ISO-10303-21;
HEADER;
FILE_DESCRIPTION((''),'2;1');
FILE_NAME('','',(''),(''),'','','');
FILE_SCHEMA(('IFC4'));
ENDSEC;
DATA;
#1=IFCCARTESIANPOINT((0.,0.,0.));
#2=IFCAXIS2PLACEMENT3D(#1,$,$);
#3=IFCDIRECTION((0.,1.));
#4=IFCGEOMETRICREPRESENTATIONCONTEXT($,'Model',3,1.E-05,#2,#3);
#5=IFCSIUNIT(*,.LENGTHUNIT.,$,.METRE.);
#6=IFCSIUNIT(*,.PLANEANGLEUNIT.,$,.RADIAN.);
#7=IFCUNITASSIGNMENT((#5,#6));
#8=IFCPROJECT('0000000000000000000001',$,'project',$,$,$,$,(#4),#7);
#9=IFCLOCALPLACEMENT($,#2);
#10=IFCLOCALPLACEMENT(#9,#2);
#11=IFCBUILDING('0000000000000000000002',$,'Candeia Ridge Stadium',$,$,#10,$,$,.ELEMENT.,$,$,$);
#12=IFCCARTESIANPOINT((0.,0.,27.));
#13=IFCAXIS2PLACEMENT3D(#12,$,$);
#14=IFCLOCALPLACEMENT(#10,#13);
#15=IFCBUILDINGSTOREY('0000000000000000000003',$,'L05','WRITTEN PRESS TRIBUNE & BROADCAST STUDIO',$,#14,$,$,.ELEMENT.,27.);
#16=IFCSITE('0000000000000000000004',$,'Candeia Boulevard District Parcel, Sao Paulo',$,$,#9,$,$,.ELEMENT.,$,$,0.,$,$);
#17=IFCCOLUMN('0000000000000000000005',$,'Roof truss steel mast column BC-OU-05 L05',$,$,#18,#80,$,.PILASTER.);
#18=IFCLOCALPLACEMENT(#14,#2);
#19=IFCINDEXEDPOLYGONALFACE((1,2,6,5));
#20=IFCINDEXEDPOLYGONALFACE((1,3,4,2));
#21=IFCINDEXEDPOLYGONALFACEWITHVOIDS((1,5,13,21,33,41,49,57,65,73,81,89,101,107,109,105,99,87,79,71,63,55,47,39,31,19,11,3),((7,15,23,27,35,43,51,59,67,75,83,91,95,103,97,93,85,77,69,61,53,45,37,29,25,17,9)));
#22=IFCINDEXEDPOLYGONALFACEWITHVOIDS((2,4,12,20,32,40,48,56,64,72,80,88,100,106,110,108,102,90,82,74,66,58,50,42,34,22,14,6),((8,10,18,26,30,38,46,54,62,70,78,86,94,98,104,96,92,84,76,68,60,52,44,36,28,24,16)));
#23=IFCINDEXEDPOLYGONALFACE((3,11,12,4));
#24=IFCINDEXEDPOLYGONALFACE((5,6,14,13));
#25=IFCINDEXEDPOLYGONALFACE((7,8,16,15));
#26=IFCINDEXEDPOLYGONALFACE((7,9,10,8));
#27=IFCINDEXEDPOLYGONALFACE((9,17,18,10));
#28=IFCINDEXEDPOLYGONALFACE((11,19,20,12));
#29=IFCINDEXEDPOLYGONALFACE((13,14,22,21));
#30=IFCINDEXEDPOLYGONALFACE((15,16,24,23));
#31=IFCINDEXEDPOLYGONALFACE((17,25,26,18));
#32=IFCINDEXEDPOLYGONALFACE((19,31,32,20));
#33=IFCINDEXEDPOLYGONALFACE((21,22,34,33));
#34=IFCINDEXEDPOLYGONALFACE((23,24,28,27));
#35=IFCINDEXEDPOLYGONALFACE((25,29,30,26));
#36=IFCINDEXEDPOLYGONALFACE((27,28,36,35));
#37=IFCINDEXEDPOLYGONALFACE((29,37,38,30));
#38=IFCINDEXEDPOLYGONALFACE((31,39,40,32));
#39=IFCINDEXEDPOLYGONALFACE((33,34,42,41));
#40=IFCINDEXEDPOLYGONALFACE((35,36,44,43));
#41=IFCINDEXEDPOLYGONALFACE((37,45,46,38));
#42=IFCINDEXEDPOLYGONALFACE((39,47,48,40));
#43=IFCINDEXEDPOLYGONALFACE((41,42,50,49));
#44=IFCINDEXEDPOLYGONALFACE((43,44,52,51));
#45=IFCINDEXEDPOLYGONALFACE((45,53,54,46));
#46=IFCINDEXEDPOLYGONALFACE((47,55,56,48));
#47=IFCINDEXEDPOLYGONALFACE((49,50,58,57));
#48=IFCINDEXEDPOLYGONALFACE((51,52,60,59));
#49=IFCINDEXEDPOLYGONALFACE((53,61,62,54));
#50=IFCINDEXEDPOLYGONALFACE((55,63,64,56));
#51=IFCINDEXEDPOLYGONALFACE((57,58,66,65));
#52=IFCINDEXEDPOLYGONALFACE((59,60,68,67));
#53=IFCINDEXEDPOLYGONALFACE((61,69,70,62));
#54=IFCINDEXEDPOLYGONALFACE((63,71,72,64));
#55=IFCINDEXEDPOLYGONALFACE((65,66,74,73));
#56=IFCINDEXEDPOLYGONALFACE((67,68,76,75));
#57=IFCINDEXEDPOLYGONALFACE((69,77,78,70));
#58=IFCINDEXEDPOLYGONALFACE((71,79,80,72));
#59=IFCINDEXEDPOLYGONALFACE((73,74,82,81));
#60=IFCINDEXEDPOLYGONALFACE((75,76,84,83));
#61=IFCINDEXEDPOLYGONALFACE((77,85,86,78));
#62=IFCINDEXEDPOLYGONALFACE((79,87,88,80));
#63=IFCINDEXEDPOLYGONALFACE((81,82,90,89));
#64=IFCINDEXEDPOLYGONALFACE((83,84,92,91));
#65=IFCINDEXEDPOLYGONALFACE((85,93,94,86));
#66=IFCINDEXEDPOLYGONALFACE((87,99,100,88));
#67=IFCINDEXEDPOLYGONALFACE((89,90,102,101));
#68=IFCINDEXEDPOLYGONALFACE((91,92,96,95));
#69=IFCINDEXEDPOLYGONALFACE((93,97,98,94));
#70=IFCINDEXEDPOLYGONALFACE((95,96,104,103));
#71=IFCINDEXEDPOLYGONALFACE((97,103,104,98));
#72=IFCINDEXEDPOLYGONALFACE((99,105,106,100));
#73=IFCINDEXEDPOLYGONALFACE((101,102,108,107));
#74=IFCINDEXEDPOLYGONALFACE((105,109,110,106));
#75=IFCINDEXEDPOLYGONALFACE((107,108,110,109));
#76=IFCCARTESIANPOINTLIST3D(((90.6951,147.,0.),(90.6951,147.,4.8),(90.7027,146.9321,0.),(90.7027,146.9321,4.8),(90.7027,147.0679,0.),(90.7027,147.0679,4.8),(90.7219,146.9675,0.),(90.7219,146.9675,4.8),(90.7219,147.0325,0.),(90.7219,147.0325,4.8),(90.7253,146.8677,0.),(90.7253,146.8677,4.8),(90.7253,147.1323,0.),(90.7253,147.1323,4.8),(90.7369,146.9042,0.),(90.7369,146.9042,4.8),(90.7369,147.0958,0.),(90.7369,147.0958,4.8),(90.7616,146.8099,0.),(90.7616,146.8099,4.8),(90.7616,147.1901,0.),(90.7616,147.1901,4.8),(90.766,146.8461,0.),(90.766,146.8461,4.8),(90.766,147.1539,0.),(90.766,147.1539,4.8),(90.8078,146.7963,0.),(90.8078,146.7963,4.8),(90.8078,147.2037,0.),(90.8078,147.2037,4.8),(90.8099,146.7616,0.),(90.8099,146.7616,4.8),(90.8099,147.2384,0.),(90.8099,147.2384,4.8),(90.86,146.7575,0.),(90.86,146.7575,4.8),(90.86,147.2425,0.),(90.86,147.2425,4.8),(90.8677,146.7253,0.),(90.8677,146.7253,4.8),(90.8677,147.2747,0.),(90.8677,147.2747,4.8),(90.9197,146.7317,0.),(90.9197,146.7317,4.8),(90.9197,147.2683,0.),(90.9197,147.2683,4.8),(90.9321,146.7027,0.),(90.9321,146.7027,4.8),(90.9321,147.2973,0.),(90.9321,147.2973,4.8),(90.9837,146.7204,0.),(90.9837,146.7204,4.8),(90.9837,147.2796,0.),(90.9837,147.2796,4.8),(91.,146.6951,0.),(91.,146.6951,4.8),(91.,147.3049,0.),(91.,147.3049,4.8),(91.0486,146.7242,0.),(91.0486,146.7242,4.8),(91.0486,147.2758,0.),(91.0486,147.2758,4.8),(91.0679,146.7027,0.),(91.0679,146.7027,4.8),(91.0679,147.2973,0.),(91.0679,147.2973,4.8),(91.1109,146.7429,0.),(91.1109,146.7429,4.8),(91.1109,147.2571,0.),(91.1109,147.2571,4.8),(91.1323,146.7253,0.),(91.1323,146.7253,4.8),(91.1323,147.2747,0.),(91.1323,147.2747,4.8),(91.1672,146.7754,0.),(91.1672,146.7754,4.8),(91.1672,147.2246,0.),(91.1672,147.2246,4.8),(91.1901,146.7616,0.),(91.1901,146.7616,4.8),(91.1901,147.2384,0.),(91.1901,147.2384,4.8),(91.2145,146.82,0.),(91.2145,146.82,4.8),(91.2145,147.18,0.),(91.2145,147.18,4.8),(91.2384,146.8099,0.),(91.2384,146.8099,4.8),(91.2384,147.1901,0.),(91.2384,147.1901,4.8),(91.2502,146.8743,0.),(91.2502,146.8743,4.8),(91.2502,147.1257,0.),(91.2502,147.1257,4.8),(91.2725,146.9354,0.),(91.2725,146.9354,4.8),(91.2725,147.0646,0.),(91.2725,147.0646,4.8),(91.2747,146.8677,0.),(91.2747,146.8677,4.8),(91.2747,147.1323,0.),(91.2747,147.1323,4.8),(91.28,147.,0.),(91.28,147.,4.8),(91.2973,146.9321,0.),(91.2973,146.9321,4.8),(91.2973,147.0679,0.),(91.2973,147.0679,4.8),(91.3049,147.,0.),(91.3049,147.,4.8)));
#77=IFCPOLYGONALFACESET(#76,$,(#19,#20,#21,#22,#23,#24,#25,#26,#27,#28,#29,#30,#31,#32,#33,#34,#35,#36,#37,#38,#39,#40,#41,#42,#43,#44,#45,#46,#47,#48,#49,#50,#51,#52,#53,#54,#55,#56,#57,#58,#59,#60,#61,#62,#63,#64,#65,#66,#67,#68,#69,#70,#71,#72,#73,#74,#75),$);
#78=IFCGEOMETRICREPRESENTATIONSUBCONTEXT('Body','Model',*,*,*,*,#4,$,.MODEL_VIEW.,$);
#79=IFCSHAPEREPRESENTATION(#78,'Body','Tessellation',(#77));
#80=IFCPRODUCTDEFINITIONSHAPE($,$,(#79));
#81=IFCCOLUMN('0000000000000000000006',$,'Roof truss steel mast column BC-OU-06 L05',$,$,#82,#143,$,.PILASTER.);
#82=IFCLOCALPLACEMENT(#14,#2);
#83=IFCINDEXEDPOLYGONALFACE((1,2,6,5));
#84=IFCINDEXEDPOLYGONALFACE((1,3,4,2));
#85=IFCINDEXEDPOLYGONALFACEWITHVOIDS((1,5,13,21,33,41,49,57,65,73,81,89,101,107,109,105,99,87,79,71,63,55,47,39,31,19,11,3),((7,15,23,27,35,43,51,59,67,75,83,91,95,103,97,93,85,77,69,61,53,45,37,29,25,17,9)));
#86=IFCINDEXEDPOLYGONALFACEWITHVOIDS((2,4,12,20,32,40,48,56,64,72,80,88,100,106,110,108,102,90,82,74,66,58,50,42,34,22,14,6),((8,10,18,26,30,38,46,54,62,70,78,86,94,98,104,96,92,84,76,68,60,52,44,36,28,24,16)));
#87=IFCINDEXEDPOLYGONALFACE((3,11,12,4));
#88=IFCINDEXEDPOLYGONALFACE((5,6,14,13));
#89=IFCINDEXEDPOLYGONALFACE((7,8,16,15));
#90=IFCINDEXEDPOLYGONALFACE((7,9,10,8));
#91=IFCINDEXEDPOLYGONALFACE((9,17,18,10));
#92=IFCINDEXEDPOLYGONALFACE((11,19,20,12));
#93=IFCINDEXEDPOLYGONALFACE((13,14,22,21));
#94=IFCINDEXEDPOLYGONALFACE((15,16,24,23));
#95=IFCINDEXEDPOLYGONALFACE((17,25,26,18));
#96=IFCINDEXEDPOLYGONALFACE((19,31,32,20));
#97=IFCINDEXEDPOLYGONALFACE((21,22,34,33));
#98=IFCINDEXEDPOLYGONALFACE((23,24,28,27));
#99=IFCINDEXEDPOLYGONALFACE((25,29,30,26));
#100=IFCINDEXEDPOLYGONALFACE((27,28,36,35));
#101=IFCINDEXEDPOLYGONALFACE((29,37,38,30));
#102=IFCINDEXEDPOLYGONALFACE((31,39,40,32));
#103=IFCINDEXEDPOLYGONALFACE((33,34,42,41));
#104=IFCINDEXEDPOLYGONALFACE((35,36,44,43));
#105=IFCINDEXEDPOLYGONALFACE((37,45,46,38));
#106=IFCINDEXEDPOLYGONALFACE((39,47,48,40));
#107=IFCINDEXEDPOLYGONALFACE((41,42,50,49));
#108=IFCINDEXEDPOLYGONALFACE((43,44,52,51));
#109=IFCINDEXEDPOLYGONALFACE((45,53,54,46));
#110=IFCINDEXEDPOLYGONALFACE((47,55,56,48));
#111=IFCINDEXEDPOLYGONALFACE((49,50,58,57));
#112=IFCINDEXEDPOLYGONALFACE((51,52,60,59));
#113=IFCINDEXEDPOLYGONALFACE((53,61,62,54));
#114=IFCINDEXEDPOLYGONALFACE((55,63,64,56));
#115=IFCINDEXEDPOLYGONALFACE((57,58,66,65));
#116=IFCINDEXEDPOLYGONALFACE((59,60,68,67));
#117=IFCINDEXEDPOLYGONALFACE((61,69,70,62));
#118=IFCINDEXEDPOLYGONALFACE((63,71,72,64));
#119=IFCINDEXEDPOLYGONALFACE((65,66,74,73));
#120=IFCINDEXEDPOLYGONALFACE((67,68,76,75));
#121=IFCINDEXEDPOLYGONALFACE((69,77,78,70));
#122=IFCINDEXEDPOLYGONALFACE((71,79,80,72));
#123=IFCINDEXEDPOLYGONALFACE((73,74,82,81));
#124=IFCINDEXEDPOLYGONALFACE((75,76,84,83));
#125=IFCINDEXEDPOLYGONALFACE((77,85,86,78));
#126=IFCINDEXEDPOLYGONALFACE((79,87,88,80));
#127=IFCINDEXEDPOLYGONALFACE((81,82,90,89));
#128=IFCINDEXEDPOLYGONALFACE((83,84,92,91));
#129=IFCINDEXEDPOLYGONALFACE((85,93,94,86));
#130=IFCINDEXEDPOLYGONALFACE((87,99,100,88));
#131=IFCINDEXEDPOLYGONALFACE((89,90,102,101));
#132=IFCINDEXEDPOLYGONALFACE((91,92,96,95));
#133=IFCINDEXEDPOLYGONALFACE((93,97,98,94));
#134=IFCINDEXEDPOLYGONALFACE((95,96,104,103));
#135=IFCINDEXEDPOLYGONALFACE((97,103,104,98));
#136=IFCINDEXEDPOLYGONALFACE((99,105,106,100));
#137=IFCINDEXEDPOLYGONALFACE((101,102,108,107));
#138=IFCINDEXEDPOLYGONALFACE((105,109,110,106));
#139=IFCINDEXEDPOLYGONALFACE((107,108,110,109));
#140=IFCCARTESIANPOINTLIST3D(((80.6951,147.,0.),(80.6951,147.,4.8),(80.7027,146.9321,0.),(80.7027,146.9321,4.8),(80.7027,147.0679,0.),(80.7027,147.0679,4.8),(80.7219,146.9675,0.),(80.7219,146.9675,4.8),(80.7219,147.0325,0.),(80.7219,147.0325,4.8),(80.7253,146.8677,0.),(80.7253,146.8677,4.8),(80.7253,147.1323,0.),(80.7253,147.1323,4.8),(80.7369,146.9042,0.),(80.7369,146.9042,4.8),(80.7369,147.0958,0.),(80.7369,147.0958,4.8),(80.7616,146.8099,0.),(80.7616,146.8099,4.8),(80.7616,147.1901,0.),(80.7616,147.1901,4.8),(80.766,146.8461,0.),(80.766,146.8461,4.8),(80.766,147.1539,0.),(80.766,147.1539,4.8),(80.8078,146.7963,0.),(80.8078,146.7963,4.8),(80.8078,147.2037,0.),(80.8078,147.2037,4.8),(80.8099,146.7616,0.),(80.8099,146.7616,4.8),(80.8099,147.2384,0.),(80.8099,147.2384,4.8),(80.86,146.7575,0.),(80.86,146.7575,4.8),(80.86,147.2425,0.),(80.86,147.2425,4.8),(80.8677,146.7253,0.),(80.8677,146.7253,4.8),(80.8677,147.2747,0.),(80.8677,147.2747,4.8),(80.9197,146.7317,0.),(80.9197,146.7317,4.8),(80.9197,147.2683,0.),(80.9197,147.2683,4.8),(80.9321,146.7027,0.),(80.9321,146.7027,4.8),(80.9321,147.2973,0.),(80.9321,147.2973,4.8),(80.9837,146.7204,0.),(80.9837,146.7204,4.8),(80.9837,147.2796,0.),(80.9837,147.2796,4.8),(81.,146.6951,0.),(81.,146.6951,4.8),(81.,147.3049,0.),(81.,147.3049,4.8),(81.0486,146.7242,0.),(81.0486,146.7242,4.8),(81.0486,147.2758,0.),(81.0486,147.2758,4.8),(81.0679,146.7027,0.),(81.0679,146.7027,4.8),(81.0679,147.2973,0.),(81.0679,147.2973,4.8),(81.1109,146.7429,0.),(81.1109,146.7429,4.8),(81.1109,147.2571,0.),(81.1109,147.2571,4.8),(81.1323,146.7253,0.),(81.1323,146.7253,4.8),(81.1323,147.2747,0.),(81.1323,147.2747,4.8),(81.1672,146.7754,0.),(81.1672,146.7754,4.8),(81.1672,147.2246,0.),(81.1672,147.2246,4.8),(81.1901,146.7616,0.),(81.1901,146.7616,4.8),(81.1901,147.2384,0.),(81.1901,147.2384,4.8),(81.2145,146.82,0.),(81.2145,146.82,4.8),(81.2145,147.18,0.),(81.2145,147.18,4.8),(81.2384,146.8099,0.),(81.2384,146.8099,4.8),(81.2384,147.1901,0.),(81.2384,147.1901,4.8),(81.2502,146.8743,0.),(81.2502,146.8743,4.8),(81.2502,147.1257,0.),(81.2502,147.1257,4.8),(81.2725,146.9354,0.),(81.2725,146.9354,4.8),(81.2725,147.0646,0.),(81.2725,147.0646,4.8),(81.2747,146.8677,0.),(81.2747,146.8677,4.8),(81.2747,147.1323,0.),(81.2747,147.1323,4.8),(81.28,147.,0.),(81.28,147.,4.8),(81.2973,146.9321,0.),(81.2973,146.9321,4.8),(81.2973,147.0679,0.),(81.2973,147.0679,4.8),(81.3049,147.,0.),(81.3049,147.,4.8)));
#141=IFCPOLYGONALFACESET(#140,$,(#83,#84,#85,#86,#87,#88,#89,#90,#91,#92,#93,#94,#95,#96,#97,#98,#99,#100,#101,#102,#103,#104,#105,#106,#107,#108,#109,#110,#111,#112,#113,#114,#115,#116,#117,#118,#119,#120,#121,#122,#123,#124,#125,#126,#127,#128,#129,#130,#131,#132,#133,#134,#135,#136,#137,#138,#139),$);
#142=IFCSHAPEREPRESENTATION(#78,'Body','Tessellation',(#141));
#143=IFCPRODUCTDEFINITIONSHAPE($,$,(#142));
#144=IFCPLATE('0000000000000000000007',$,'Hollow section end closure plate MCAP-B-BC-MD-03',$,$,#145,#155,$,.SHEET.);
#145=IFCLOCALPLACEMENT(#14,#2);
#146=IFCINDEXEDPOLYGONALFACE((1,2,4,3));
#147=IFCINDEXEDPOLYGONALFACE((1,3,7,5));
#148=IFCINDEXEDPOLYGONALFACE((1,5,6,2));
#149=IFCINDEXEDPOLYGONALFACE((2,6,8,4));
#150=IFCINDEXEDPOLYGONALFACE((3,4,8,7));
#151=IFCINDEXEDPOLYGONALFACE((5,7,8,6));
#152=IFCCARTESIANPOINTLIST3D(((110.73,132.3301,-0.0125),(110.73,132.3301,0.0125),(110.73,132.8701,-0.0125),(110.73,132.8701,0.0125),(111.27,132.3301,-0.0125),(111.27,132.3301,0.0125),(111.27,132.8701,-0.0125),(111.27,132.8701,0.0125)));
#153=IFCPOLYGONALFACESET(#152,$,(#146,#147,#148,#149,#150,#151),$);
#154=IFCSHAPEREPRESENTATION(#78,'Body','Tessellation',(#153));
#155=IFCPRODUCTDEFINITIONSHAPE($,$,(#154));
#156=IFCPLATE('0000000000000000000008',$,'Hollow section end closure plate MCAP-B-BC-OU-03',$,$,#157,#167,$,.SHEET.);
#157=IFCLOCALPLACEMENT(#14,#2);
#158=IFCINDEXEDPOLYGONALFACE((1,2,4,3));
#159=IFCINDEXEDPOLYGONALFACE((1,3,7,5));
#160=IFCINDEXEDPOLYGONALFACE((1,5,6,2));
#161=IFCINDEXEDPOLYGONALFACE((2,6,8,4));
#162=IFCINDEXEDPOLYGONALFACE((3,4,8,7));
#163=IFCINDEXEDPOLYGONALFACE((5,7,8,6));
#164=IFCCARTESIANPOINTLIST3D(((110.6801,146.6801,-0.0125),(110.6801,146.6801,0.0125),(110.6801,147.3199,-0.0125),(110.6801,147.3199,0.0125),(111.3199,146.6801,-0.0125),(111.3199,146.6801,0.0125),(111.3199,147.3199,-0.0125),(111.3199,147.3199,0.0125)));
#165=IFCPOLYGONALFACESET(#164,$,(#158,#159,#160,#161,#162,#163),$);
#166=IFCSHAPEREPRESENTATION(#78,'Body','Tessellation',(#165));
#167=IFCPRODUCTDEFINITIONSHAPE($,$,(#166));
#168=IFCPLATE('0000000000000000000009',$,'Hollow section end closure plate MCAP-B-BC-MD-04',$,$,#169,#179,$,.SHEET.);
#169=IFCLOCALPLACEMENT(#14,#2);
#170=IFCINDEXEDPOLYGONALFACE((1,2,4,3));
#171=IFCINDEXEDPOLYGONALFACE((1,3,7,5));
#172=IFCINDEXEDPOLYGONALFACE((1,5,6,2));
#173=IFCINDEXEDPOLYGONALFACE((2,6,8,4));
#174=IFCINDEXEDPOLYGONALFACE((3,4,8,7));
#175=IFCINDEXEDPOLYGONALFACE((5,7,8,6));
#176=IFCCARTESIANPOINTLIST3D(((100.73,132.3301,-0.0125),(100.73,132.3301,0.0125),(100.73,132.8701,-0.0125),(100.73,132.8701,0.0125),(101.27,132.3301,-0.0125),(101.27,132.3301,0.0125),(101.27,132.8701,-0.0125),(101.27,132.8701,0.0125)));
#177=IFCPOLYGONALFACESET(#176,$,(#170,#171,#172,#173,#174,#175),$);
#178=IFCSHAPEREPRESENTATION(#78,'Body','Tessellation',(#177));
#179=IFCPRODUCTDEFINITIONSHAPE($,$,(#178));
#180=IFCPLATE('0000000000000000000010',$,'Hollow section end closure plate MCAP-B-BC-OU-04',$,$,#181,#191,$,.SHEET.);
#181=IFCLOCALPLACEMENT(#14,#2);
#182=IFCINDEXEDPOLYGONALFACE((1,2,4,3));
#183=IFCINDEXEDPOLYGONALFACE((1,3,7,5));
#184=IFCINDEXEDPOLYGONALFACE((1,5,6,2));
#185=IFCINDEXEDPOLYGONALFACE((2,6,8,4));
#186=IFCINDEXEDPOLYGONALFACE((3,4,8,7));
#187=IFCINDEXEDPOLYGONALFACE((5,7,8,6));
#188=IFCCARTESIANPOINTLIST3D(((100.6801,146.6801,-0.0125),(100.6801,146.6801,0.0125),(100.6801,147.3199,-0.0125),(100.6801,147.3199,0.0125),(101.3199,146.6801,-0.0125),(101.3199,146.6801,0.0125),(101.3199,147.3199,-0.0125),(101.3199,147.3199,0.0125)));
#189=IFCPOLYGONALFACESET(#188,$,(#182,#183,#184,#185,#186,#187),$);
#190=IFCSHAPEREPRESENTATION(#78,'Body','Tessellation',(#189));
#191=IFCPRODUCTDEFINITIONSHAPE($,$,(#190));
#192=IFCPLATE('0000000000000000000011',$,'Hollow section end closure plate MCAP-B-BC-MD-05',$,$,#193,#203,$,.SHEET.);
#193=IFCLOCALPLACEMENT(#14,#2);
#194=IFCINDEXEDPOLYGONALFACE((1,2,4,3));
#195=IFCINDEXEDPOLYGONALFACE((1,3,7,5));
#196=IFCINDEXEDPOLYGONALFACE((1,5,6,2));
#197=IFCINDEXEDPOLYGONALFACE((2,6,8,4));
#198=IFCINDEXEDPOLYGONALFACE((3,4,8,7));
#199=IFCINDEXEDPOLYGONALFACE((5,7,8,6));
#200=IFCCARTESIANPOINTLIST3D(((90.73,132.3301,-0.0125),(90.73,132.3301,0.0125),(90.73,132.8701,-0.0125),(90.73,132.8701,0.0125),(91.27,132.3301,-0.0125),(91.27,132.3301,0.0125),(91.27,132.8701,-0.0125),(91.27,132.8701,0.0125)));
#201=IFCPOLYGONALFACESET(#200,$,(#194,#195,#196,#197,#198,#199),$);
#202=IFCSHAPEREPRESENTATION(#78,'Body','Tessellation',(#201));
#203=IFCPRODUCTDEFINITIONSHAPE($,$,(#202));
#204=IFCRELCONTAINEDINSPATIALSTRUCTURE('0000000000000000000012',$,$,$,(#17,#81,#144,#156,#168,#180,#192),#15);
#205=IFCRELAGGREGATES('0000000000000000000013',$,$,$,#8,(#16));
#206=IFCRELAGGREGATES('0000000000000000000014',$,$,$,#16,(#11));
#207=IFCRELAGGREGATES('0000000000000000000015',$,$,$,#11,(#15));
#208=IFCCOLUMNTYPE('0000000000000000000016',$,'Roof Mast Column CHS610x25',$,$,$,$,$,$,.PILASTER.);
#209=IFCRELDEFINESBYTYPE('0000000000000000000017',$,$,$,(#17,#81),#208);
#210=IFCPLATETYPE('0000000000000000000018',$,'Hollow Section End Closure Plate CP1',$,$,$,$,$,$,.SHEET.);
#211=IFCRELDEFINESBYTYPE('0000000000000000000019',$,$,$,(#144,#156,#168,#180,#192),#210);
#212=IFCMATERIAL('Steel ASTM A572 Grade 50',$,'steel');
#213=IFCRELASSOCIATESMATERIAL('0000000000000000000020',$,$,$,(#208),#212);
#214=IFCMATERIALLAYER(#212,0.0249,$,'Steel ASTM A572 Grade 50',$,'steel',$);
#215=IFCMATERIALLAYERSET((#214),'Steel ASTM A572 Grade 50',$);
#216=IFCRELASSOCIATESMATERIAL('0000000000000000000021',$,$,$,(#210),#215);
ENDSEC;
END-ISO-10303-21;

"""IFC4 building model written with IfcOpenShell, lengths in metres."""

from ifc_helpers import new_model, si_unit, direction, frame, origin, origin_2d, place, context, subcontext, project, spatial, rectangle, hollow_circle, extrude, material, layer, layer_set, material_profile, profile_set, type_object, element, save


model = new_model("IFC4")

# Units and contexts
model_context = context("Model", 3, precision=1e-05, world=origin(), true_north=direction((0.0, 1.0)))
body_context = subcontext(model_context, "Body", "Model", "MODEL_VIEW")
ifc_project = project(units=[si_unit("LENGTHUNIT", "METRE"), si_unit("PLANEANGLEUNIT", "RADIAN")], contexts=[model_context])

# Site, building, storey
site_placement = place(None, origin())
site = spatial("IfcSite", under=ifc_project, at=site_placement, Name="Candeia Boulevard District Parcel, Sao Paulo", CompositionType="ELEMENT", RefElevation=0.0)
building_placement = place(site_placement, origin())
building = spatial("IfcBuilding", under=site, at=building_placement, Name="Candeia Ridge Stadium", CompositionType="ELEMENT")
storey_placement = place(building_placement, frame((0.0, 0.0, 27.0)))
storey = spatial("IfcBuildingStorey", under=building, at=storey_placement, Name="L05", Description="WRITTEN PRESS TRIBUNE & BROADCAST STUDIO", CompositionType="ELEMENT", Elevation=27.0)

# Columns
ifc_material_1 = material(Name="Steel ASTM A572 Grade 50", Category="steel")
ifc_material_profile_1 = material_profile(ifc_material_1, hollow_circle(Radius=0.3049, WallThickness=0.0249, at=origin_2d()), Name="CHS610x25", Category="steel")
ifc_profile_set_1 = profile_set([ifc_material_profile_1], Name="Steel ASTM A572 Grade 50")
column_type_1 = type_object("IfcColumnType", Name="Roof Mast Column CHS610x25", PredefinedType="PILASTER", material=ifc_profile_set_1)
for number, where, z_axis, x_axis, name in (
    (1, (91.0, 147.0, 0.0), (0.0, 0.0, 1.0), (1.0, 0.0, 0.0), "Roof truss steel mast column BC-OU-05 L05"),
    (2, (81.0, 147.0, 0.0), (0.0, 0.0, 1.0), (1.0, 0.0, 0.0), "Roof truss steel mast column BC-OU-06 L05"),
):
    element("IfcColumn", number, at=place(storey_placement, frame(where, z_axis=z_axis, x_axis=x_axis)), inside=storey, type_object=column_type_1, Name=name, PredefinedType="PILASTER", context=body_context, shape_type="SweptSolid", body=[
        extrude(hollow_circle(Radius=0.3049, WallThickness=0.0249, at=origin_2d()), origin(), (0.0, 0.0, 1.0), 4.8),
    ])

# Plates
ifc_layer = layer(ifc_material_1, 0.0249, Name="Steel ASTM A572 Grade 50", Category="steel")
ifc_layer_set = layer_set([ifc_layer], Name="Steel ASTM A572 Grade 50")
plate_type = type_object("IfcPlateType", Name="Hollow Section End Closure Plate CP1", PredefinedType="SHEET", material=ifc_layer_set)
plate_1_placement = place(storey_placement, frame((111.0, 132.6001, -0.0125), z_axis=(0.0, 0.0, 1.0), x_axis=(1.0, 0.0, 0.0)))
element("IfcPlate", 3, at=plate_1_placement, inside=storey, type_object=plate_type, Name="Hollow section end closure plate MCAP-B-BC-MD-03", PredefinedType="SHEET", context=body_context, shape_type="SweptSolid", body=[
    extrude(rectangle(XDim=0.54, YDim=0.54, at=origin_2d()), origin(), (0.0, 0.0, 1.0), 0.0249),
])
plate_2_placement = place(storey_placement, frame((111.0, 147.0, -0.0125), z_axis=(0.0, 0.0, 1.0), x_axis=(1.0, 0.0, 0.0)))
element("IfcPlate", 4, at=plate_2_placement, inside=storey, type_object=plate_type, Name="Hollow section end closure plate MCAP-B-BC-OU-03", PredefinedType="SHEET", context=body_context, shape_type="SweptSolid", body=[
    extrude(rectangle(XDim=0.6399, YDim=0.6399, at=origin_2d()), origin(), (0.0, 0.0, 1.0), 0.0249),
])
plate_3_placement = place(storey_placement, frame((101.0, 132.6001, -0.0125), z_axis=(0.0, 0.0, 1.0), x_axis=(1.0, 0.0, 0.0)))
element("IfcPlate", 5, at=plate_3_placement, inside=storey, type_object=plate_type, Name="Hollow section end closure plate MCAP-B-BC-MD-04", PredefinedType="SHEET", context=body_context, shape_type="SweptSolid", body=[
    extrude(rectangle(XDim=0.54, YDim=0.54, at=origin_2d()), origin(), (0.0, 0.0, 1.0), 0.0249),
])
plate_4_placement = place(storey_placement, frame((101.0, 147.0, -0.0125), z_axis=(0.0, 0.0, 1.0), x_axis=(1.0, 0.0, 0.0)))
element("IfcPlate", 6, at=plate_4_placement, inside=storey, type_object=plate_type, Name="Hollow section end closure plate MCAP-B-BC-OU-04", PredefinedType="SHEET", context=body_context, shape_type="SweptSolid", body=[
    extrude(rectangle(XDim=0.6399, YDim=0.6399, at=origin_2d()), origin(), (0.0, 0.0, 1.0), 0.0249),
])
plate_5_placement = place(storey_placement, frame((91.0, 132.6001, -0.0125), z_axis=(0.0, 0.0, 1.0), x_axis=(1.0, 0.0, 0.0)))
element("IfcPlate", 7, at=plate_5_placement, inside=storey, type_object=plate_type, Name="Hollow section end closure plate MCAP-B-BC-MD-05", PredefinedType="SHEET", context=body_context, shape_type="SweptSolid", body=[
    extrude(rectangle(XDim=0.54, YDim=0.54, at=origin_2d()), origin(), (0.0, 0.0, 1.0), 0.0249),
])

save(model, "model.ifc")
